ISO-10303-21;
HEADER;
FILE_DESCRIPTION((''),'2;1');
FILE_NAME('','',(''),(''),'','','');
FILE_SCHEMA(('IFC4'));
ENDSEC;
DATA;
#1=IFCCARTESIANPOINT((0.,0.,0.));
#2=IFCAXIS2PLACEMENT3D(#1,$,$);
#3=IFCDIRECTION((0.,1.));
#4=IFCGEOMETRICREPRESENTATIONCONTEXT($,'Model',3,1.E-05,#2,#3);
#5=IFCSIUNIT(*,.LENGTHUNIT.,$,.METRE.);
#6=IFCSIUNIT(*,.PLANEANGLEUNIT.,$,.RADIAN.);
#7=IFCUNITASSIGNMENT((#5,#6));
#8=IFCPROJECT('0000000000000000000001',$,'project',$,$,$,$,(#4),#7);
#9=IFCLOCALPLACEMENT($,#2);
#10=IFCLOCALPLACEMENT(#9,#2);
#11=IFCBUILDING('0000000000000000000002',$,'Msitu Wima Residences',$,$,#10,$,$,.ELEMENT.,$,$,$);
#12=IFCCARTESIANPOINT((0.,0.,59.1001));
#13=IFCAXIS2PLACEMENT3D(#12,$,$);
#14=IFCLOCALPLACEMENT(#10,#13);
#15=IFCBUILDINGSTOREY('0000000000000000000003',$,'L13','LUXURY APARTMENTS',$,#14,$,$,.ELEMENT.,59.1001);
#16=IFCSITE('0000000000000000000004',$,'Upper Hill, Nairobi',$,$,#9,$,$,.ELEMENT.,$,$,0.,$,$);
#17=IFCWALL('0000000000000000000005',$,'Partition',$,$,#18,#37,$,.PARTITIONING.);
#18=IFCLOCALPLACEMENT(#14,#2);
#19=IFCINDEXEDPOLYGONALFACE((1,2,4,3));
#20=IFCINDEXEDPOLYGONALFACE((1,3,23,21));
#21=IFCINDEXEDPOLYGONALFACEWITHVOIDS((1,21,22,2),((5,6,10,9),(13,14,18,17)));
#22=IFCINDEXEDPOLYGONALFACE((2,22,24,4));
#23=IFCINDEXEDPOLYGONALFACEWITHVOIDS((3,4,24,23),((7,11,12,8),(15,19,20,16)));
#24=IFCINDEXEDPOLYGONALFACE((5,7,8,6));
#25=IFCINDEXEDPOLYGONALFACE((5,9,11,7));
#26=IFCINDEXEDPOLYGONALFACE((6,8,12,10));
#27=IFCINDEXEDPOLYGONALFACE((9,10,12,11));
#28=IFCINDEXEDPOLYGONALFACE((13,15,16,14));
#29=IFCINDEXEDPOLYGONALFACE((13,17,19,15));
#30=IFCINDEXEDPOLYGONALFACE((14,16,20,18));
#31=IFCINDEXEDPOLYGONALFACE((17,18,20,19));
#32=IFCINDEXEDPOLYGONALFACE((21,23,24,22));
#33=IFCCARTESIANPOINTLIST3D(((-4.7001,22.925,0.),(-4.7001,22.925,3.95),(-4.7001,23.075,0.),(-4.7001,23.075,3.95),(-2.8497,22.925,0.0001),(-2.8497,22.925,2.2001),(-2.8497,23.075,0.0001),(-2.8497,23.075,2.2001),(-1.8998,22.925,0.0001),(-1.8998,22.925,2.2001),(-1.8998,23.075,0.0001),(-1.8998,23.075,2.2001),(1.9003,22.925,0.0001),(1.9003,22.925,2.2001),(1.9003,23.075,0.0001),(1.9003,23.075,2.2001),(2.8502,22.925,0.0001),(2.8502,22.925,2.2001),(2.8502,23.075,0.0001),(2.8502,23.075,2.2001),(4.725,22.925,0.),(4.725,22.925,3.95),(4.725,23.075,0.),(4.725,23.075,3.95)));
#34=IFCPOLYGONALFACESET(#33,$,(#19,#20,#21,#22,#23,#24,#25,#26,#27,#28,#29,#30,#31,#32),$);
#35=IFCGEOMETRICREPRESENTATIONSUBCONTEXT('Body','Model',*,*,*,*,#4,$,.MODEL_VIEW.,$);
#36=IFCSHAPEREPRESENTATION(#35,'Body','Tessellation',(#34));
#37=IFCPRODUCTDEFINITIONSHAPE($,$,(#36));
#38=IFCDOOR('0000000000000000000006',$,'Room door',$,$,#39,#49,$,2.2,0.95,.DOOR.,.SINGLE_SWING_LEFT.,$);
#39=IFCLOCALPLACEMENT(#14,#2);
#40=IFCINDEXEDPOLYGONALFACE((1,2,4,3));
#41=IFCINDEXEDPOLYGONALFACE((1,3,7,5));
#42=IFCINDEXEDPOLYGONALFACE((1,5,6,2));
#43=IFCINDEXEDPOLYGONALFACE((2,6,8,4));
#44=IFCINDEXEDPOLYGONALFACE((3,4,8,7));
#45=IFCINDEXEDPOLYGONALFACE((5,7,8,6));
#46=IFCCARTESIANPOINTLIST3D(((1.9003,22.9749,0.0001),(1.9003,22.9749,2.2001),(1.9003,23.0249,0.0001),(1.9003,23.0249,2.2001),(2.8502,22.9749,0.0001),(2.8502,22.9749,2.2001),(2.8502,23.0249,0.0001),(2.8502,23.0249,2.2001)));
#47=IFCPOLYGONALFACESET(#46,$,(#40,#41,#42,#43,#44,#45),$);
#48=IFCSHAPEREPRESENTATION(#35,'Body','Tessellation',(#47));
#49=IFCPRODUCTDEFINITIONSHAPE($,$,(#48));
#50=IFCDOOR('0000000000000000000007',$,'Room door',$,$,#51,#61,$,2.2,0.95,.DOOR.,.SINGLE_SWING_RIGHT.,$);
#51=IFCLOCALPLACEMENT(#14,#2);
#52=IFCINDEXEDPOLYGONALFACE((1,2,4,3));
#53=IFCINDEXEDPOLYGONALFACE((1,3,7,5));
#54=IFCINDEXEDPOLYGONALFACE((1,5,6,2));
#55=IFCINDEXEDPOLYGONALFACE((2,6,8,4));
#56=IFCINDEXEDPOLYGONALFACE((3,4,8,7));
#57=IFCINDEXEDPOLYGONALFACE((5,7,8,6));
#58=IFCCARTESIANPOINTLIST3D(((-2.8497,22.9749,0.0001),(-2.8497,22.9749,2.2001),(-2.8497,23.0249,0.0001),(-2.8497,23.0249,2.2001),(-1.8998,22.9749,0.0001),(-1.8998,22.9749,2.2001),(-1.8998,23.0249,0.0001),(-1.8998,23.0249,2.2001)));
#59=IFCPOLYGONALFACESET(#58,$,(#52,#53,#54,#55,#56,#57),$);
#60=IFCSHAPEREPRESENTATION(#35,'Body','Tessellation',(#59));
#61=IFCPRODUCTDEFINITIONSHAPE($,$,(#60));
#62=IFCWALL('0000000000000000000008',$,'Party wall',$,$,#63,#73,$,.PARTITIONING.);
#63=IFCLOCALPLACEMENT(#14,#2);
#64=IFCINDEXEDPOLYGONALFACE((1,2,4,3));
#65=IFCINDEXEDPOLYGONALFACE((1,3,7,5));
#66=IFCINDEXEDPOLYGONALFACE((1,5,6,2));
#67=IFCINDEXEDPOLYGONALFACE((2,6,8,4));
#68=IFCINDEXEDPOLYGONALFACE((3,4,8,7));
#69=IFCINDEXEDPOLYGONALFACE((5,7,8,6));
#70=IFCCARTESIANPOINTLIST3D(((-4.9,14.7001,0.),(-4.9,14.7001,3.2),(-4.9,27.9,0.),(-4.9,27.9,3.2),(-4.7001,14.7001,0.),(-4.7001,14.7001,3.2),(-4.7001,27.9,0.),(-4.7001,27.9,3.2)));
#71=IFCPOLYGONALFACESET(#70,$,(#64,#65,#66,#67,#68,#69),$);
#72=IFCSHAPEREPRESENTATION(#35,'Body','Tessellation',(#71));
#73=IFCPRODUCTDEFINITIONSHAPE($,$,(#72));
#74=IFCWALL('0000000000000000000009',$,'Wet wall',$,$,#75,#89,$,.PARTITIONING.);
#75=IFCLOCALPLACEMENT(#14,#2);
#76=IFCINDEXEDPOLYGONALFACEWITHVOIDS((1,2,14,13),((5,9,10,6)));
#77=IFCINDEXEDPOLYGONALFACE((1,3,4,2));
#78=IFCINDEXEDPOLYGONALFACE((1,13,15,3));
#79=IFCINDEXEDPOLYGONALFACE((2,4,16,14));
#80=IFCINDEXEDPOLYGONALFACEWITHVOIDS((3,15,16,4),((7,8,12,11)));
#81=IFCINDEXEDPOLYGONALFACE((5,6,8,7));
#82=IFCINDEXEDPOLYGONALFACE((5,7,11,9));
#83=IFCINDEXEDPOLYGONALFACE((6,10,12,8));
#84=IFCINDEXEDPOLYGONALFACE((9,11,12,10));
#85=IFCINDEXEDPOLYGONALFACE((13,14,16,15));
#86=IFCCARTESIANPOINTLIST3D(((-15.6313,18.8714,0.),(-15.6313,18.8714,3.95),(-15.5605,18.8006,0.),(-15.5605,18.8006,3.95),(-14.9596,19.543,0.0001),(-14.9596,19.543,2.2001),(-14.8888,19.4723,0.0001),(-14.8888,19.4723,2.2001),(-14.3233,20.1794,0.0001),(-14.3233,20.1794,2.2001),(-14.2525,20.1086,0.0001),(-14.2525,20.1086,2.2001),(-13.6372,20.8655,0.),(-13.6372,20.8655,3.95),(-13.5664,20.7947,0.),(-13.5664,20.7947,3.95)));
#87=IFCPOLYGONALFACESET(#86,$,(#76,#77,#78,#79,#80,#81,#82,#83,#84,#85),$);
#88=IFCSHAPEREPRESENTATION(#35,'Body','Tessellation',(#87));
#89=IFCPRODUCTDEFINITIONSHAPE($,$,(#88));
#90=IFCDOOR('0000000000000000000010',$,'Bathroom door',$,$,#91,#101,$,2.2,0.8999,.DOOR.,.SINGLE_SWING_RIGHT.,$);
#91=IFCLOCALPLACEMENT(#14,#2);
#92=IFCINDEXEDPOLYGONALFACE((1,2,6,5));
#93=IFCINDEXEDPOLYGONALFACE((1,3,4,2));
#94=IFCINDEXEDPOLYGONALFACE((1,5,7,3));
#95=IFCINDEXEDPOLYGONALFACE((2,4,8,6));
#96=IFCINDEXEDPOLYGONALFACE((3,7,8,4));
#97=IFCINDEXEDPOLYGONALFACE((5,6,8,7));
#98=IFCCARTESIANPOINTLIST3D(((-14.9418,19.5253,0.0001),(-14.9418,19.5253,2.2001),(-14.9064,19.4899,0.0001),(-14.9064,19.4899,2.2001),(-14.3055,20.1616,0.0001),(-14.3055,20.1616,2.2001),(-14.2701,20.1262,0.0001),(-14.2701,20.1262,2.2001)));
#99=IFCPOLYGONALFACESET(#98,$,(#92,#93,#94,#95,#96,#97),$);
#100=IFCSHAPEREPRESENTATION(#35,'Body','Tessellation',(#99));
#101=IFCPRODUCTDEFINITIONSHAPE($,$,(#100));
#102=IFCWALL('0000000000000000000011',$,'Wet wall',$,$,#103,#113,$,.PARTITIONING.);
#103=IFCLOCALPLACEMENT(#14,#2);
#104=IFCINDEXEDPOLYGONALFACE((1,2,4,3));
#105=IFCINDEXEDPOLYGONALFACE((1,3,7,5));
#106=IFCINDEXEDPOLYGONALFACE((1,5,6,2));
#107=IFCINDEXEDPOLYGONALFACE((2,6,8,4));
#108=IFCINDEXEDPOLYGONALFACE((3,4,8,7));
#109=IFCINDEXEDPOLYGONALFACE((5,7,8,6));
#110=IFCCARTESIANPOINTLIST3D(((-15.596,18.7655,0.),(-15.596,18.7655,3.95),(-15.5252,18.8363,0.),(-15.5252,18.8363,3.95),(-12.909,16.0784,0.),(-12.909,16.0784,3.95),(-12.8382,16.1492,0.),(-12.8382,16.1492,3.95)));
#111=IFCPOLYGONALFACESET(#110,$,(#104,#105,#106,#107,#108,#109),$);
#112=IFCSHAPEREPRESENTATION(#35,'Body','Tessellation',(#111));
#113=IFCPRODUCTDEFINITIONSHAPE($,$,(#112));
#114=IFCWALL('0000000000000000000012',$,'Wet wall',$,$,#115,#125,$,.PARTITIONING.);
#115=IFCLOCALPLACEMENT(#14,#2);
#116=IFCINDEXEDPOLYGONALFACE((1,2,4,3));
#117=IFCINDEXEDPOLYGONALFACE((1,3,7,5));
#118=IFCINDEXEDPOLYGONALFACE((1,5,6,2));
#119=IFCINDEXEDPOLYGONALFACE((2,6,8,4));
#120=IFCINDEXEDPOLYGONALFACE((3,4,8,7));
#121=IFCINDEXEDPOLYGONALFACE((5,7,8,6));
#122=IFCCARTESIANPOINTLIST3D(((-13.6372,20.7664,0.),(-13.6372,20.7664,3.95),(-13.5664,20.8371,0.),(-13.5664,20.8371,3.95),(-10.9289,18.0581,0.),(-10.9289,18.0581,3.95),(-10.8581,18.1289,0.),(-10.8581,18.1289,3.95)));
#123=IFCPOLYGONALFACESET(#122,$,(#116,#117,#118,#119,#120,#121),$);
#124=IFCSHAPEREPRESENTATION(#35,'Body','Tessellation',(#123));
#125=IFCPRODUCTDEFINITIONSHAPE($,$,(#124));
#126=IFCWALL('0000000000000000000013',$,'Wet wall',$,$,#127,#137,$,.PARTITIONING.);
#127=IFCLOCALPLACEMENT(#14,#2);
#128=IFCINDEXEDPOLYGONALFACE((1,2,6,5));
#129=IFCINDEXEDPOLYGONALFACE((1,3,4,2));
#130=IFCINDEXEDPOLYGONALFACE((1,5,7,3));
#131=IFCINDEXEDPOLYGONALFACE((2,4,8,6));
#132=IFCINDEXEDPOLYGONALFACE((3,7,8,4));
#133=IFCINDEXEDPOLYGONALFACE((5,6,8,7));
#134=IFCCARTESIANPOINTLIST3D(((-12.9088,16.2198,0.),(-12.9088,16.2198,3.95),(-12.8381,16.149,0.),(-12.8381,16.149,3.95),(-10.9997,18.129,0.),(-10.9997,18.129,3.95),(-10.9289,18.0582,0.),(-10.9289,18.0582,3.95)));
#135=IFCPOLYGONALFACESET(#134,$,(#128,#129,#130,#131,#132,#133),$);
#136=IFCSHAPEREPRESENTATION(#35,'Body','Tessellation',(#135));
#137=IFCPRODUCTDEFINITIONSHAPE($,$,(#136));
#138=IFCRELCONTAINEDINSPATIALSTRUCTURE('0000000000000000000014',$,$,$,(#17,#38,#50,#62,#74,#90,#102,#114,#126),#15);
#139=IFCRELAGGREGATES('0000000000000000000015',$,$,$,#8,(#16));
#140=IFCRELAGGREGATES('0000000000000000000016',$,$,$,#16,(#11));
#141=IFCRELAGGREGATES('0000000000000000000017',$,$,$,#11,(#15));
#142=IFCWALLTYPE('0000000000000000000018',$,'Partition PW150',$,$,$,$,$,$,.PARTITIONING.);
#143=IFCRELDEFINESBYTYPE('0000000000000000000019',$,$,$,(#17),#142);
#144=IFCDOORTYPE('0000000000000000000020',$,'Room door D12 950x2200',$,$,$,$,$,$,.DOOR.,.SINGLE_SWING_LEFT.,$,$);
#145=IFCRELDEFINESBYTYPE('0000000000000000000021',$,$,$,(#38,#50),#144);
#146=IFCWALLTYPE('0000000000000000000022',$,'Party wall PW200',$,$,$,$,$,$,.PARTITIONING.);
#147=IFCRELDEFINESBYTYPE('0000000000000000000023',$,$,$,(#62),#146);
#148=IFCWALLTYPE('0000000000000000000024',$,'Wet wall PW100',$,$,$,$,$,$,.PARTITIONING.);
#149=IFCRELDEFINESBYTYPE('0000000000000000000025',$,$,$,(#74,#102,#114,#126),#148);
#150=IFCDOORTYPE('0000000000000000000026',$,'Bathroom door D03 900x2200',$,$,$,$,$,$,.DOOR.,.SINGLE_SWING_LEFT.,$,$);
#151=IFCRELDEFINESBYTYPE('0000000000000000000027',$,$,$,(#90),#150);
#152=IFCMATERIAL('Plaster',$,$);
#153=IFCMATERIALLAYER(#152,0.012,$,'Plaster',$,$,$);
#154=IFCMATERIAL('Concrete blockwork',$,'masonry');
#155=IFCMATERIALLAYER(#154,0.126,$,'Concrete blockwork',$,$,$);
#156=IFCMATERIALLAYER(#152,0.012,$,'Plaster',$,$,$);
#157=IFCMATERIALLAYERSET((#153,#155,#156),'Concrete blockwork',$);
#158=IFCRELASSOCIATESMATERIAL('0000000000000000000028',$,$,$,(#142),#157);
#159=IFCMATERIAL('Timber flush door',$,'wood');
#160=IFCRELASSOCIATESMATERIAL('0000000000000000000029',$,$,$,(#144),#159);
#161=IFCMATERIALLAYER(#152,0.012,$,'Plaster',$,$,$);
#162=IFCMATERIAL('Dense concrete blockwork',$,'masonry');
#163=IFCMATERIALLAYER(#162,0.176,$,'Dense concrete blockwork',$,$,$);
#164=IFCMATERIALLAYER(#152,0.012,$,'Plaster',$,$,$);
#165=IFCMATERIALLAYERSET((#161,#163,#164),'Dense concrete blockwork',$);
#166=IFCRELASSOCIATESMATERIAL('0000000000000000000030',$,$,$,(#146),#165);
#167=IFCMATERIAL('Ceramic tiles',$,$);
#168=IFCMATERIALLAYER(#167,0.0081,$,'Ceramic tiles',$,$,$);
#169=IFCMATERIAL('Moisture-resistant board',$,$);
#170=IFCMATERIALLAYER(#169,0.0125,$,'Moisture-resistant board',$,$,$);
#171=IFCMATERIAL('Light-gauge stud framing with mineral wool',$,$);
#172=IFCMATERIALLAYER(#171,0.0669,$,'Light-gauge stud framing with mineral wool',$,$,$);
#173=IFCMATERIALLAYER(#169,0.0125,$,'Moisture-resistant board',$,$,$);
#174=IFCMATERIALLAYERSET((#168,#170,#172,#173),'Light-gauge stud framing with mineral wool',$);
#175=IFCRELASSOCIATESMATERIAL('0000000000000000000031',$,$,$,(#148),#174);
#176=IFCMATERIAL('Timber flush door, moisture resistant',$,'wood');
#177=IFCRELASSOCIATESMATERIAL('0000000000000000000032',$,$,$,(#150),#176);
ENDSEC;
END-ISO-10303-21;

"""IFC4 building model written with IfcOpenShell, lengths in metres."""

from ifc_helpers import new_model, si_unit, direction, frame, frame_2d, origin, place, context, subcontext, project, spatial, rectangle, extrude, material, layer, layer_set, type_object, element, fill, save


model = new_model("IFC4")

# Units and contexts
model_context = context("Model", 3, precision=1e-05, world=origin(), true_north=direction((0.0, 1.0)))
body_context = subcontext(model_context, "Body", "Model", "MODEL_VIEW")
ifc_project = project(units=[si_unit("LENGTHUNIT", "METRE"), si_unit("PLANEANGLEUNIT", "RADIAN")], contexts=[model_context])

# Site, building, storey
site_placement = place(None, origin())
site = spatial("IfcSite", under=ifc_project, at=site_placement, Name="Upper Hill, Nairobi", CompositionType="ELEMENT", RefElevation=0.0)
building_placement = place(site_placement, origin())
building = spatial("IfcBuilding", under=site, at=building_placement, Name="Msitu Wima Residences", CompositionType="ELEMENT")
storey_placement = place(building_placement, frame((0.0, 0.0, 59.1001)))
storey = spatial("IfcBuildingStorey", under=building, at=storey_placement, Name="L13", Description="LUXURY APARTMENTS", CompositionType="ELEMENT", Elevation=59.1001)

# Shared definitions
ifc_material_1 = material(Name="Plaster")
ifc_layer_1 = layer(ifc_material_1, 0.012, Name="Plaster")
ifc_material_2 = material(Name="Concrete blockwork", Category="masonry")
ifc_layer_2 = layer(ifc_material_2, 0.126, Name="Concrete blockwork")
ifc_layer_3 = layer(ifc_material_1, 0.012, Name="Plaster")
ifc_layer_set_1 = layer_set([ifc_layer_1, ifc_layer_2, ifc_layer_3], Name="Concrete blockwork")
wall_type_1 = type_object("IfcWallType", Name="Partition PW150", PredefinedType="PARTITIONING", material=ifc_layer_set_1)
ifc_material_3 = material(Name="Timber flush door", Category="wood")
door_type_1 = type_object("IfcDoorType", Name="Room door D12 950x2200", OperationType="SINGLE_SWING_LEFT", PredefinedType="DOOR", material=ifc_material_3)

# Wall, openings, doors
wall_1_placement = place(storey_placement, frame((-4.7, 23.0, 0.0), z_axis=(0.0, 0.0, 1.0), x_axis=(1.0, 0.0, 0.0)))
wall_1 = element("IfcWall", 1, at=wall_1_placement, inside=storey, type_object=wall_type_1, Name="Partition", PredefinedType="PARTITIONING", context=body_context, shape_type="SweptSolid", body=[
    extrude(rectangle(XDim=9.425, YDim=0.1499, at=frame_2d((4.7124, 0.0))), origin(), (0.0, 0.0, 1.0), 3.95),
])
opening_1_placement = place(wall_1_placement, frame((6.6001, 0.0, 0.0)))
opening_1 = element("IfcOpeningElement", 2, at=opening_1_placement, cuts=wall_1, PredefinedType="OPENING", context=body_context, shape_type="SweptSolid", body=[
    extrude(rectangle(XDim=0.95, YDim=2.2, at=frame_2d((0.4751, 1.1001))), frame((0.0, 0.085, 0.0), z_axis=(0.0, -1.0, 0.0), x_axis=(1.0, 0.0, 0.0)), (0.0, 0.0, 1.0), 0.1699),
])
opening_2_placement = place(wall_1_placement, frame((1.8501, 0.0, 0.0)))
opening_2 = element("IfcOpeningElement", 3, at=opening_2_placement, cuts=wall_1, PredefinedType="OPENING", context=body_context, shape_type="SweptSolid", body=[
    extrude(rectangle(XDim=0.95, YDim=2.2, at=frame_2d((0.4751, 1.1001))), frame((0.0, 0.085, 0.0), z_axis=(0.0, -1.0, 0.0), x_axis=(1.0, 0.0, 0.0)), (0.0, 0.0, 1.0), 0.1699),
])
door_1_placement = place(opening_1_placement, origin())
door_1 = element("IfcDoor", 4, at=door_1_placement, inside=storey, type_object=door_type_1, Name="Room door", OperationType="SINGLE_SWING_LEFT", OverallHeight=2.2, OverallWidth=0.95, PredefinedType="DOOR", context=body_context, shape_type="SweptSolid", body=[
    extrude(rectangle(XDim=0.95, YDim=2.2, at=frame_2d((0.4751, 1.1001))), frame((0.0, 0.0249, 0.0), z_axis=(0.0, -1.0, 0.0), x_axis=(1.0, 0.0, 0.0)), (0.0, 0.0, 1.0), 0.05),
])
fill(opening_1, door_1)
door_2_placement = place(opening_2_placement, origin())
door_2 = element("IfcDoor", 5, at=door_2_placement, inside=storey, type_object=door_type_1, Name="Room door", OperationType="SINGLE_SWING_RIGHT", OverallHeight=2.2, OverallWidth=0.95, PredefinedType="DOOR", context=body_context, shape_type="SweptSolid", body=[
    extrude(rectangle(XDim=0.95, YDim=2.2, at=frame_2d((0.4751, 1.1001))), frame((0.0, 0.0249, 0.0), z_axis=(0.0, -1.0, 0.0), x_axis=(1.0, 0.0, 0.0)), (0.0, 0.0, 1.0), 0.05),
])
fill(opening_2, door_2)

# Wall
ifc_layer_4 = layer(ifc_material_1, 0.012, Name="Plaster")
ifc_material_4 = material(Name="Dense concrete blockwork", Category="masonry")
ifc_layer_5 = layer(ifc_material_4, 0.176, Name="Dense concrete blockwork")
ifc_layer_6 = layer(ifc_material_1, 0.012, Name="Plaster")
ifc_layer_set_2 = layer_set([ifc_layer_4, ifc_layer_5, ifc_layer_6], Name="Dense concrete blockwork")
wall_type_2 = type_object("IfcWallType", Name="Party wall PW200", PredefinedType="PARTITIONING", material=ifc_layer_set_2)
wall_2_placement = place(storey_placement, frame((-4.8, 14.7, 0.0), z_axis=(0.0, 0.0, 1.0), x_axis=(0.0, 1.0, 0.0)))
element("IfcWall", 6, at=wall_2_placement, inside=storey, type_object=wall_type_2, Name="Party wall", PredefinedType="PARTITIONING", context=body_context, shape_type="SweptSolid", body=[
    extrude(rectangle(XDim=13.2, YDim=0.2, at=frame_2d((6.6001, 0.0))), origin(), (0.0, 0.0, 1.0), 3.2),
])

# Wall, opening, door
ifc_material_5 = material(Name="Ceramic tiles")
ifc_layer_7 = layer(ifc_material_5, 0.0081, Name="Ceramic tiles")
ifc_material_6 = material(Name="Moisture-resistant board")
ifc_layer_8 = layer(ifc_material_6, 0.0125, Name="Moisture-resistant board")
ifc_material_7 = material(Name="Light-gauge stud framing with mineral wool")
ifc_layer_9 = layer(ifc_material_7, 0.0669, Name="Light-gauge stud framing with mineral wool")
ifc_layer_10 = layer(ifc_material_6, 0.0125, Name="Moisture-resistant board")
ifc_layer_set_3 = layer_set([ifc_layer_7, ifc_layer_8, ifc_layer_9, ifc_layer_10], Name="Light-gauge stud framing with mineral wool")
wall_type_3 = type_object("IfcWallType", Name="Wet wall PW100", PredefinedType="PARTITIONING", material=ifc_layer_set_3)
wall_3_placement = place(storey_placement, frame((-15.5959, 18.8359, 0.0), z_axis=(0.0, 0.0, 1.0), x_axis=(0.707107, 0.707107, 0.0)))
wall_3 = element("IfcWall", 7, at=wall_3_placement, inside=storey, type_object=wall_type_3, Name="Wet wall", PredefinedType="PARTITIONING", context=body_context, shape_type="SweptSolid", body=[
    extrude(rectangle(XDim=2.8201, YDim=0.1001, at=frame_2d((1.4102, 0.0))), origin(), (0.0, 0.0, 1.0), 3.95),
])
opening_3_placement = place(wall_3_placement, frame((0.95, 0.0, 0.0)))
opening_3 = element("IfcOpeningElement", 8, at=opening_3_placement, cuts=wall_3, PredefinedType="OPENING", context=body_context, shape_type="SweptSolid", body=[
    extrude(rectangle(XDim=0.8999, YDim=2.2, at=frame_2d((0.45, 1.1001))), frame((0.0, 0.0601, 0.0), z_axis=(0.0, -1.0, 0.0), x_axis=(1.0, 0.0, 0.0)), (0.0, 0.0, 1.0), 0.1201),
])
ifc_material_8 = material(Name="Timber flush door, moisture resistant", Category="wood")
door_type_2 = type_object("IfcDoorType", Name="Bathroom door D03 900x2200", OperationType="SINGLE_SWING_LEFT", PredefinedType="DOOR", material=ifc_material_8)
door_3_placement = place(opening_3_placement, origin())
door_3 = element("IfcDoor", 9, at=door_3_placement, inside=storey, type_object=door_type_2, Name="Bathroom door", OperationType="SINGLE_SWING_RIGHT", OverallHeight=2.2, OverallWidth=0.8999, PredefinedType="DOOR", context=body_context, shape_type="SweptSolid", body=[
    extrude(rectangle(XDim=0.8999, YDim=2.2, at=frame_2d((0.45, 1.1001))), frame((0.0, 0.0249, 0.0), z_axis=(0.0, -1.0, 0.0), x_axis=(1.0, 0.0, 0.0)), (0.0, 0.0, 1.0), 0.05),
])
fill(opening_3, door_3)

# Walls
wall_4_placement = place(storey_placement, frame((-15.5605, 18.8008, 0.0), z_axis=(0.0, 0.0, 1.0), x_axis=(0.707107, -0.707107, 0.0)))
element("IfcWall", 10, at=wall_4_placement, inside=storey, type_object=wall_type_3, Name="Wet wall", PredefinedType="PARTITIONING", context=body_context, shape_type="SweptSolid", body=[
    extrude(rectangle(XDim=3.8, YDim=0.1001, at=frame_2d((1.8999, 0.0))), origin(), (0.0, 0.0, 1.0), 3.95),
])
wall_5_placement = place(storey_placement, frame((-13.6018, 20.8018, 0.0), z_axis=(0.0, 0.0, 1.0), x_axis=(0.707107, -0.707107, 0.0)))
element("IfcWall", 11, at=wall_5_placement, inside=storey, type_object=wall_type_3, Name="Wet wall", PredefinedType="PARTITIONING", context=body_context, shape_type="SweptSolid", body=[
    extrude(rectangle(XDim=3.8301, YDim=0.1001, at=frame_2d((1.915, 0.0))), origin(), (0.0, 0.0, 1.0), 3.95),
])
wall_6_placement = place(storey_placement, frame((-12.8735, 16.1843, 0.0), z_axis=(0.0, 0.0, 1.0), x_axis=(0.707107, 0.707107, 0.0)))
element("IfcWall", 12, at=wall_6_placement, inside=storey, type_object=wall_type_3, Name="Wet wall", PredefinedType="PARTITIONING", context=body_context, shape_type="SweptSolid", body=[
    extrude(rectangle(XDim=2.7, YDim=0.1001, at=frame_2d((1.3501, 0.0))), origin(), (0.0, 0.0, 1.0), 3.95),
])

save(model, "model.ifc")
